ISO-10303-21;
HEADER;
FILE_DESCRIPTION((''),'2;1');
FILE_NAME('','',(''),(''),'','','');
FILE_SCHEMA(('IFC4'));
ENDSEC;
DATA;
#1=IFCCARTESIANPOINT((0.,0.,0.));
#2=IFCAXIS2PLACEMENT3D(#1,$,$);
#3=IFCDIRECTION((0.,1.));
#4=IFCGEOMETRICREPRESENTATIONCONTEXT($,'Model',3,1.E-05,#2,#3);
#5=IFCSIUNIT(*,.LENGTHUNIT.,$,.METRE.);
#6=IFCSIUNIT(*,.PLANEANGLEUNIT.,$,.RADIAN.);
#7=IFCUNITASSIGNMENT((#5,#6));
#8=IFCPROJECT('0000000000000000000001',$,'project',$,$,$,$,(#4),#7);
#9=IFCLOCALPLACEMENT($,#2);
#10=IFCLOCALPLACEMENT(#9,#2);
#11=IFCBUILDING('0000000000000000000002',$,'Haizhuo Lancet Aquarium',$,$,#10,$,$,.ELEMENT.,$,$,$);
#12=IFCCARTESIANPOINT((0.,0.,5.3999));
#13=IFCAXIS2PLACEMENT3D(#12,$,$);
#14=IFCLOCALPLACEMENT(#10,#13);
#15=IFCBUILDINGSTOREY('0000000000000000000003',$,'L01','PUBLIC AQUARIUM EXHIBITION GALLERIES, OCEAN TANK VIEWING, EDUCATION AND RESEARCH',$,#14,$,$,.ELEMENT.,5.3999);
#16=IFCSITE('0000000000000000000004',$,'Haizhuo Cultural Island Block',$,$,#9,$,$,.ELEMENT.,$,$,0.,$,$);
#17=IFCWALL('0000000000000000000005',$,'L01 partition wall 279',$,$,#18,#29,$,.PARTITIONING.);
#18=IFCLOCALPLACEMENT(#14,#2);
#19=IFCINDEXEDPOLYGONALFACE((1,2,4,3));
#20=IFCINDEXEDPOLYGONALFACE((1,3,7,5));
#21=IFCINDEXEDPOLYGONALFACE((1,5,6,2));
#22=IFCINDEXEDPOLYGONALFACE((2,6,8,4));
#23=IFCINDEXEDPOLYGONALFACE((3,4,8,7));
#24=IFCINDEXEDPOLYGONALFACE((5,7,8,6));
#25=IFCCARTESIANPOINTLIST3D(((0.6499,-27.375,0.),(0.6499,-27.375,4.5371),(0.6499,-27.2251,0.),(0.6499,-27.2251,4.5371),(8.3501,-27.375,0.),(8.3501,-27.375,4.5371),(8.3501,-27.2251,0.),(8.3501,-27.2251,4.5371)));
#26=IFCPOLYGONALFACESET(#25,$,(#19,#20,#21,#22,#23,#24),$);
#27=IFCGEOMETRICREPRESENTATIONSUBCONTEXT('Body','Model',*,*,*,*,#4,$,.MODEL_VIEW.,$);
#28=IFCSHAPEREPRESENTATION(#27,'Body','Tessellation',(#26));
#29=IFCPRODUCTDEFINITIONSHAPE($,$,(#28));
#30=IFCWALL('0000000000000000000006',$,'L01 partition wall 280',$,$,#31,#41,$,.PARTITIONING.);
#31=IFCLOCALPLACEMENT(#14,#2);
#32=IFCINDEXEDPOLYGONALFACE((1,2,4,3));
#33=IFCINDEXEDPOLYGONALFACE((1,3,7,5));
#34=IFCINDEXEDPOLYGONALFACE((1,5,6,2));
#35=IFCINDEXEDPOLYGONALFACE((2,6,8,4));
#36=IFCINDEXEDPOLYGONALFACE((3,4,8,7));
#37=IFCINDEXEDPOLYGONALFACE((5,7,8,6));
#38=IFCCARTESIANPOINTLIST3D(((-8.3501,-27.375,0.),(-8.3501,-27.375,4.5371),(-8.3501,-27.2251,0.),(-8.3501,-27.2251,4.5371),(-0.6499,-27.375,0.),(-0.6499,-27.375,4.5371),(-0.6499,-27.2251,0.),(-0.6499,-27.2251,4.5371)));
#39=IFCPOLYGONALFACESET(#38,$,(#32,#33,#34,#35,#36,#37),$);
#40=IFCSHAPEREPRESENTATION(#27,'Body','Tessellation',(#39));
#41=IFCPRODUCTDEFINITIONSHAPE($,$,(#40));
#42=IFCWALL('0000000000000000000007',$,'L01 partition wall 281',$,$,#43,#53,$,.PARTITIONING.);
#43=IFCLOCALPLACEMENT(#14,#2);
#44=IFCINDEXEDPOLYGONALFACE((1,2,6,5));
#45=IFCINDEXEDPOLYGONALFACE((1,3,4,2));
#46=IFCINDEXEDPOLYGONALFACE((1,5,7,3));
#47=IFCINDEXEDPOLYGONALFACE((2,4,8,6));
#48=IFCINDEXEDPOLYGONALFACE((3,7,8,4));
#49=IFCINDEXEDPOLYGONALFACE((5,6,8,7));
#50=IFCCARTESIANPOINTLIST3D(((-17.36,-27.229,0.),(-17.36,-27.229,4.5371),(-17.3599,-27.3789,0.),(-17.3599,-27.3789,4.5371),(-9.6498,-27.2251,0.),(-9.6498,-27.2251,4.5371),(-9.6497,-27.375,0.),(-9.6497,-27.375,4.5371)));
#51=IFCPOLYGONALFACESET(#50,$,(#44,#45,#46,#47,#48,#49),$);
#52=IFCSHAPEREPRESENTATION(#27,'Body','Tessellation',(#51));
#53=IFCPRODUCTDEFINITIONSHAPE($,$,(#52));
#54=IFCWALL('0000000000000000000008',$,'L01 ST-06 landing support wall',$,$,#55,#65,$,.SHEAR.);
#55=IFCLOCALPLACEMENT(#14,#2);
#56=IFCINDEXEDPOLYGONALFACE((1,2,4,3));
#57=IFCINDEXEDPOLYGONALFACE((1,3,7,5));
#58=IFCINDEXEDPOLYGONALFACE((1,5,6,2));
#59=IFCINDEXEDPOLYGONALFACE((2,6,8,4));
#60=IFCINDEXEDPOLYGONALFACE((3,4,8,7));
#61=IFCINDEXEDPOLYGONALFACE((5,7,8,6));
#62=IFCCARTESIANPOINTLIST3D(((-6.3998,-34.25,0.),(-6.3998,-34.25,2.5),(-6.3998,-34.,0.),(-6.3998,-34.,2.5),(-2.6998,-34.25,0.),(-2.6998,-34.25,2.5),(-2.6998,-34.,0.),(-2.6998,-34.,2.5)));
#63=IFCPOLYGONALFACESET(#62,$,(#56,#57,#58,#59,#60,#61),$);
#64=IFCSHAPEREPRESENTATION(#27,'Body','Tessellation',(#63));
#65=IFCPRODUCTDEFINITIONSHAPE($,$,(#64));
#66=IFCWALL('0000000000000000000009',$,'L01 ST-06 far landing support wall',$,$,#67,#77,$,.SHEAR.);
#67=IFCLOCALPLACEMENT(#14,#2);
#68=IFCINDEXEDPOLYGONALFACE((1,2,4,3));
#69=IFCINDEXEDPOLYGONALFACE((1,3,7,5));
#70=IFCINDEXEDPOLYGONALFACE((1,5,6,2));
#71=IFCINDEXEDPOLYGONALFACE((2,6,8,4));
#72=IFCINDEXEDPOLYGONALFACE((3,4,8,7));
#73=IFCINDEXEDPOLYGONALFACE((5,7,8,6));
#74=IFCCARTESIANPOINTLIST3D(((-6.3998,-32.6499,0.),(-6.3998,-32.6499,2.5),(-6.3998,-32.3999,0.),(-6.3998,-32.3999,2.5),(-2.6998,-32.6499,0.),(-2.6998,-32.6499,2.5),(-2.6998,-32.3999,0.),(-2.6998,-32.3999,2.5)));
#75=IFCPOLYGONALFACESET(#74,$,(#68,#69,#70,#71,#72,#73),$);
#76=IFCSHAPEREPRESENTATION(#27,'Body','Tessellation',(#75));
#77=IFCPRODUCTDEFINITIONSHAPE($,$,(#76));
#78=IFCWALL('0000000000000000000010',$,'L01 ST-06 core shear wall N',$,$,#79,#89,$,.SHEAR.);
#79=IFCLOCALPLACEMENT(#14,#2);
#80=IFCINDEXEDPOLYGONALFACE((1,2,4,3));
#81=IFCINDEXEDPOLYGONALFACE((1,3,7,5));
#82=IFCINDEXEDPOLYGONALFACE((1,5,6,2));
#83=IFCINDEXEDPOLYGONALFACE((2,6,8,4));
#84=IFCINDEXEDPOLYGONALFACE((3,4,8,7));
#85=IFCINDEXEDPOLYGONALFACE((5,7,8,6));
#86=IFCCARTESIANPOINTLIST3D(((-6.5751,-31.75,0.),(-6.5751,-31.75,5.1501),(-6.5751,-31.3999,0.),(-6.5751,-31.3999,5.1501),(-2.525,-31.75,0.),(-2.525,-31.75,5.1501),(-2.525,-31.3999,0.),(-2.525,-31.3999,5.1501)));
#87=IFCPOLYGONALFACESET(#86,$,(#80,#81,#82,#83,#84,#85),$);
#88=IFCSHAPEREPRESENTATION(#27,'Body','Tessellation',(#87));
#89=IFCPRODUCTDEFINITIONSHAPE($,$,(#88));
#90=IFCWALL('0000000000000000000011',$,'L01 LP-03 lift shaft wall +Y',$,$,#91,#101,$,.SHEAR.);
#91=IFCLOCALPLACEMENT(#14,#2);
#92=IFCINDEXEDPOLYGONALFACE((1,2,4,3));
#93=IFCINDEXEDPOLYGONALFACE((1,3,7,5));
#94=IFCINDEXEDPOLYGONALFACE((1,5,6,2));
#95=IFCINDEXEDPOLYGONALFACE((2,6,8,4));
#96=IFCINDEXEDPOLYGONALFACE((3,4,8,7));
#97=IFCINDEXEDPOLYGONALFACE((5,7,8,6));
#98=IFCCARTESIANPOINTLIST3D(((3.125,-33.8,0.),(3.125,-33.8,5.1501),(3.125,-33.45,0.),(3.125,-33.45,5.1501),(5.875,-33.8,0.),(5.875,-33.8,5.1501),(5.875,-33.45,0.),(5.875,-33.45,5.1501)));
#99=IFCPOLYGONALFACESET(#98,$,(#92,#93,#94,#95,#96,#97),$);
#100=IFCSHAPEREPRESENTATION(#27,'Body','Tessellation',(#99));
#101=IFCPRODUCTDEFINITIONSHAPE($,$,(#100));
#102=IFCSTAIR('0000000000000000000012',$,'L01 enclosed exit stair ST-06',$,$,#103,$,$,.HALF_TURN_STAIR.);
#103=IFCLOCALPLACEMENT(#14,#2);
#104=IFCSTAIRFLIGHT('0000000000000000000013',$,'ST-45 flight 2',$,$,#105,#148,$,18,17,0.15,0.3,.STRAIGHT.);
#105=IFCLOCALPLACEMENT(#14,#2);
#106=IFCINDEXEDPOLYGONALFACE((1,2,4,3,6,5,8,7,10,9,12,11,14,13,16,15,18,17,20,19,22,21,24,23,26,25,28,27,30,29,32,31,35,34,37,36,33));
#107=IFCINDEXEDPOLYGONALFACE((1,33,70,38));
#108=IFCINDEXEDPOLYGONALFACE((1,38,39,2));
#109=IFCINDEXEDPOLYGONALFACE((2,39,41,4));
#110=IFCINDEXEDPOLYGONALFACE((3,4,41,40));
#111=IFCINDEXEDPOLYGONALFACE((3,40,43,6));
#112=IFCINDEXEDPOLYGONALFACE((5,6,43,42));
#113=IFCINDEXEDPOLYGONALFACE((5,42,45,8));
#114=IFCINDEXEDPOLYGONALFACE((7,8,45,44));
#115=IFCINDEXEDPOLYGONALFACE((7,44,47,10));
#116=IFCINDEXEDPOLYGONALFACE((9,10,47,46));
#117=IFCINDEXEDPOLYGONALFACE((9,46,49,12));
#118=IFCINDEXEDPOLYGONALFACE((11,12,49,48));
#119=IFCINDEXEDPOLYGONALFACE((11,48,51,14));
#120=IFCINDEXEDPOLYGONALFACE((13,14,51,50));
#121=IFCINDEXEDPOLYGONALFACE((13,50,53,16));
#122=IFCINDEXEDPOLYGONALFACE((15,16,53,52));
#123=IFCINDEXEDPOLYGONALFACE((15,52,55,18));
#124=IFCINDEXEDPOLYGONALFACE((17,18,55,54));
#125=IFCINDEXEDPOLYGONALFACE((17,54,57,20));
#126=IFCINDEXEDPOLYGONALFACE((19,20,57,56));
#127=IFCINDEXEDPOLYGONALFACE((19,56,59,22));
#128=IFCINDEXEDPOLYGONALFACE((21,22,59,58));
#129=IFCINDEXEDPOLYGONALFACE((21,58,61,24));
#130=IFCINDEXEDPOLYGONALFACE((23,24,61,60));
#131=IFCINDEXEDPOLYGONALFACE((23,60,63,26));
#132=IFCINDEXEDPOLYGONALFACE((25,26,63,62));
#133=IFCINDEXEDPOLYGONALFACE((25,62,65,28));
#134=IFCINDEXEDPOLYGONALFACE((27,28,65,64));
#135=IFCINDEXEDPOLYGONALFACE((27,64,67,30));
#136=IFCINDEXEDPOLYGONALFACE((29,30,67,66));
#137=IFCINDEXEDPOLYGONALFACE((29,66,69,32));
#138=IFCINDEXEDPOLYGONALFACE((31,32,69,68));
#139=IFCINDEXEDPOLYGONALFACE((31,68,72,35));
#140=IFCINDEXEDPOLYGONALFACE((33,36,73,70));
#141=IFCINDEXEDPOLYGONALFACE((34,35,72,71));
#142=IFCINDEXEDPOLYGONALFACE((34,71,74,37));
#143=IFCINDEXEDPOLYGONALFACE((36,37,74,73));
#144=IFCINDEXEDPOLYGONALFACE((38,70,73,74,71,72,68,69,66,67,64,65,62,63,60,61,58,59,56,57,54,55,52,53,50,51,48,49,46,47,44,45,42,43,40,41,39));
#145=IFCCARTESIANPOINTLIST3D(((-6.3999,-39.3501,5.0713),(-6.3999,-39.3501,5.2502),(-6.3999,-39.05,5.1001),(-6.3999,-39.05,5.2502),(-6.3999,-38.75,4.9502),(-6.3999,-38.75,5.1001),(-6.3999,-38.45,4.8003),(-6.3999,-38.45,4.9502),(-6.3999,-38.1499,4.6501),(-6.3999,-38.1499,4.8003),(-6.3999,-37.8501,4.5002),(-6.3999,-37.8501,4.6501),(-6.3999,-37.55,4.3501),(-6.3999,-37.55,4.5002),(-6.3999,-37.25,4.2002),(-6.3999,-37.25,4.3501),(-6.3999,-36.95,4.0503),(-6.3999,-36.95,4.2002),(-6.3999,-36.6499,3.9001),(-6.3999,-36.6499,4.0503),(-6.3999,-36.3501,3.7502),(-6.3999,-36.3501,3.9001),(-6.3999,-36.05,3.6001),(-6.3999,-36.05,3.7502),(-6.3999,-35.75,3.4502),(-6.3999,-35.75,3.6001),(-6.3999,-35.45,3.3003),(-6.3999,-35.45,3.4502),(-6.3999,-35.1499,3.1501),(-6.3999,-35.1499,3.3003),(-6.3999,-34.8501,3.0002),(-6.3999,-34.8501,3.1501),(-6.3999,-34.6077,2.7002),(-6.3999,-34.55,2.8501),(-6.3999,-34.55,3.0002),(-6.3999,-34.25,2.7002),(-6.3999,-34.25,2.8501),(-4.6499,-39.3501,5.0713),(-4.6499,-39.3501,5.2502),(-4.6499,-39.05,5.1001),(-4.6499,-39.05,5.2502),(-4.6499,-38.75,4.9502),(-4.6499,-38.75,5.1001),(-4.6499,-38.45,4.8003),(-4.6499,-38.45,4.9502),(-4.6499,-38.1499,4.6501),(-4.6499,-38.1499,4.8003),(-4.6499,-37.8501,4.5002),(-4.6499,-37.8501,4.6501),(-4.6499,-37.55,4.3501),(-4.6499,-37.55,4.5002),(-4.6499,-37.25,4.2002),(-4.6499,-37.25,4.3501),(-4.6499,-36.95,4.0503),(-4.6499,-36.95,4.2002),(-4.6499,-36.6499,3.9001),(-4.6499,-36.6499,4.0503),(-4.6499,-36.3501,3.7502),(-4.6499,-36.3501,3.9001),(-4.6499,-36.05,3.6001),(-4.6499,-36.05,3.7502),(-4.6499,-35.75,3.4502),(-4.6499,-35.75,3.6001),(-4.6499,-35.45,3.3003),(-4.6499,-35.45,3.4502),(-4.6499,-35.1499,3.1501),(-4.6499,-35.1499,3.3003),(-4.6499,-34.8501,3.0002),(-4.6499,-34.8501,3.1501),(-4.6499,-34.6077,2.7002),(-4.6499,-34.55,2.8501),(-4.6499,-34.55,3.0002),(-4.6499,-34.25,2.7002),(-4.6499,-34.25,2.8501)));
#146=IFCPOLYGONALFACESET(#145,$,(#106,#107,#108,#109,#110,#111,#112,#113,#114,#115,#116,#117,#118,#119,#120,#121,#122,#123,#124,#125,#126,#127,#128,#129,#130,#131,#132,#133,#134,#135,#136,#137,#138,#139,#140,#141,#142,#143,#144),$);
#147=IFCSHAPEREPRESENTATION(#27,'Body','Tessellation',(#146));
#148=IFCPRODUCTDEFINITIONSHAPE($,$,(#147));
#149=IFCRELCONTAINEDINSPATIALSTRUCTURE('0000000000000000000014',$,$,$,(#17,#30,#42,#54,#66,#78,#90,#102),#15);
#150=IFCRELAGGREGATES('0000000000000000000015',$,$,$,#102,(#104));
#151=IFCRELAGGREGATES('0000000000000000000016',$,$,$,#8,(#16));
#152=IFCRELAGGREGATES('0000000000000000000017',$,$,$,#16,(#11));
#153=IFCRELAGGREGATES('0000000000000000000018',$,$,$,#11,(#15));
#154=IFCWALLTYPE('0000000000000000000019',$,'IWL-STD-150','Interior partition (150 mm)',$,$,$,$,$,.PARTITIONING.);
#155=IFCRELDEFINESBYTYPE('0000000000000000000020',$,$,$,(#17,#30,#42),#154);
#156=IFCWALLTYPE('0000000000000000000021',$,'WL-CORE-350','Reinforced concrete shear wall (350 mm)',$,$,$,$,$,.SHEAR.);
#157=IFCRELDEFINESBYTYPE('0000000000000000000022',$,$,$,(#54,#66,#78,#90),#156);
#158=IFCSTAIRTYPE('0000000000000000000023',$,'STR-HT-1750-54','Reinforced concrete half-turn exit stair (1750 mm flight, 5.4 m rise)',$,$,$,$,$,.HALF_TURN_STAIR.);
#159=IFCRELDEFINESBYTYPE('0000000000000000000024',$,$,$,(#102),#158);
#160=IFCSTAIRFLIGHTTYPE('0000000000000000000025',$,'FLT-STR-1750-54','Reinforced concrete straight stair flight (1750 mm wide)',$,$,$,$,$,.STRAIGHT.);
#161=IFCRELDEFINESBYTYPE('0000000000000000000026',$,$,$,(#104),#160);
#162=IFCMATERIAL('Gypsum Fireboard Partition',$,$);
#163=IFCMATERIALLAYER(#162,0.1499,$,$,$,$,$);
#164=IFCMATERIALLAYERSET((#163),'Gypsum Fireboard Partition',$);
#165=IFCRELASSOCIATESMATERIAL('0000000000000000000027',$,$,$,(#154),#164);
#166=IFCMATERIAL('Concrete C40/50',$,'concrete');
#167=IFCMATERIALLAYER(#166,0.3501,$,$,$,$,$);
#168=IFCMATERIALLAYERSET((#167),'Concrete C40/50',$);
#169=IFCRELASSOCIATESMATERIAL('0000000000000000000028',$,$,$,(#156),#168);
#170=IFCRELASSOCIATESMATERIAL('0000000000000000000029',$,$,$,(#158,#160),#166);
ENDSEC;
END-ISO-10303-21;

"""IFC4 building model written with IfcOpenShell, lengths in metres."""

from ifc_helpers import new_model, si_unit, direction, frame, frame_2d, origin, place, context, subcontext, project, spatial, polyline, rectangle, outline, extrude, material, layer, layer_set, type_object, element, aggregate, save


model = new_model("IFC4")

# Units and contexts
model_context = context("Model", 3, precision=1e-05, world=origin(), true_north=direction((0.0, 1.0)))
body_context = subcontext(model_context, "Body", "Model", "MODEL_VIEW")
ifc_project = project(units=[si_unit("LENGTHUNIT", "METRE"), si_unit("PLANEANGLEUNIT", "RADIAN")], contexts=[model_context])

# Site, building, storey
site_placement = place(None, origin())
site = spatial("IfcSite", under=ifc_project, at=site_placement, Name="Haizhuo Cultural Island Block", CompositionType="ELEMENT", RefElevation=0.0)
building_placement = place(site_placement, origin())
building = spatial("IfcBuilding", under=site, at=building_placement, Name="Haizhuo Lancet Aquarium", CompositionType="ELEMENT")
storey_placement = place(building_placement, frame((0.0, 0.0, 5.3999)))
storey = spatial("IfcBuildingStorey", under=building, at=storey_placement, Name="L01", Description="PUBLIC AQUARIUM EXHIBITION GALLERIES, OCEAN TANK VIEWING, EDUCATION AND RESEARCH", CompositionType="ELEMENT", Elevation=5.3999)

# Walls
ifc_material_1 = material(Name="Gypsum Fireboard Partition")
ifc_layer_1 = layer(ifc_material_1, 0.1499)
ifc_layer_set_1 = layer_set([ifc_layer_1], Name="Gypsum Fireboard Partition")
wall_type_1 = type_object("IfcWallType", Name="IWL-STD-150", Description="Interior partition (150 mm)", PredefinedType="PARTITIONING", material=ifc_layer_set_1)
for number, where, z_axis, x_axis, name in (
    (1, (8.3501, -27.3, 0.0), (0.0, 0.0, 1.0), (-1.0, 0.0, 0.0), "L01 partition wall 279"),
    (2, (-0.6499, -27.3, 0.0), (0.0, 0.0, 1.0), (-1.0, 0.0, 0.0), "L01 partition wall 280"),
):
    element("IfcWall", number, at=place(storey_placement, frame(where, z_axis=z_axis, x_axis=x_axis)), inside=storey, type_object=wall_type_1, Name=name, PredefinedType="PARTITIONING", context=body_context, shape_type="SweptSolid", body=[
        extrude(rectangle(XDim=7.7002, YDim=0.1499, at=frame_2d((3.8501, 0.0))), origin(), (0.0, 0.0, 1.0), 4.5371),
    ])
wall_1_placement = place(storey_placement, frame((-9.6499, -27.3, 0.0), z_axis=(0.0, 0.0, 1.0), x_axis=(-1.0, -0.000507, 0.0)))
element("IfcWall", 3, at=wall_1_placement, inside=storey, type_object=wall_type_1, Name="L01 partition wall 281", PredefinedType="PARTITIONING", context=body_context, shape_type="SweptSolid", body=[
    extrude(rectangle(XDim=7.7102, YDim=0.1499, at=frame_2d((3.855, 0.0))), origin(), (0.0, 0.0, 1.0), 4.5371),
])
ifc_material_2 = material(Name="Concrete C40/50", Category="concrete")
ifc_layer_2 = layer(ifc_material_2, 0.3501)
ifc_layer_set_2 = layer_set([ifc_layer_2], Name="Concrete C40/50")
wall_type_2 = type_object("IfcWallType", Name="WL-CORE-350", Description="Reinforced concrete shear wall (350 mm)", PredefinedType="SHEAR", material=ifc_layer_set_2)
for number, where, z_axis, x_axis, name in (
    (4, (-6.3999, -34.125, 0.0), (0.0, 0.0, 1.0), (1.0, 0.0, 0.0), "L01 ST-06 landing support wall"),
    (5, (-6.3999, -32.5249, 0.0), (0.0, 0.0, 1.0), (1.0, 0.0, 0.0), "L01 ST-06 far landing support wall"),
):
    element("IfcWall", number, at=place(storey_placement, frame(where, z_axis=z_axis, x_axis=x_axis)), inside=storey, type_object=wall_type_2, Name=name, PredefinedType="SHEAR", context=body_context, shape_type="SweptSolid", body=[
        extrude(rectangle(XDim=3.7, YDim=0.25, at=frame_2d((1.8501, 0.0))), origin(), (0.0, 0.0, 1.0), 2.5),
    ])
wall_2_placement = place(storey_placement, frame((-6.575, -31.575, 0.0), z_axis=(0.0, 0.0, 1.0), x_axis=(1.0, 0.0, 0.0)))
element("IfcWall", 6, at=wall_2_placement, inside=storey, type_object=wall_type_2, Name="L01 ST-06 core shear wall N", PredefinedType="SHEAR", context=body_context, shape_type="SweptSolid", body=[
    extrude(rectangle(XDim=4.05, YDim=0.3501, at=frame_2d((2.0249, 0.0))), origin(), (0.0, 0.0, 1.0), 5.1501),
])
wall_3_placement = place(storey_placement, frame((5.875, -33.625, 0.0), z_axis=(0.0, 0.0, 1.0), x_axis=(-1.0, 0.0, 0.0)))
element("IfcWall", 7, at=wall_3_placement, inside=storey, type_object=wall_type_2, Name="L01 LP-03 lift shaft wall +Y", PredefinedType="SHEAR", context=body_context, shape_type="SweptSolid", body=[
    extrude(rectangle(XDim=2.75, YDim=0.3501, at=frame_2d((1.375, 0.0))), origin(), (0.0, 0.0, 1.0), 5.1501),
])

# Stair, stair flight
stair_type = type_object("IfcStairType", Name="STR-HT-1750-54", Description="Reinforced concrete half-turn exit stair (1750 mm flight, 5.4 m rise)", PredefinedType="HALF_TURN_STAIR", material=ifc_material_2)
stair_placement = place(storey_placement, origin())
stair = element("IfcStair", 8, at=stair_placement, inside=storey, type_object=stair_type, Name="L01 enclosed exit stair ST-06", PredefinedType="HALF_TURN_STAIR")
stair_flight_type = type_object("IfcStairFlightType", Name="FLT-STR-1750-54", Description="Reinforced concrete straight stair flight (1750 mm wide)", PredefinedType="STRAIGHT", material=ifc_material_2)
stair_flight_placement = place(storey_placement, frame((-5.5249, -34.25, 2.7002), z_axis=(0.0, 0.0, 1.0), x_axis=(0.0, -1.0, 0.0)))
stair_flight = element("IfcStairFlight", 9, at=stair_flight_placement, type_object=stair_flight_type, Name="ST-45 flight 2", NumberOfRisers=18, NumberOfTreads=17, PredefinedType="STRAIGHT", RiserHeight=0.15, TreadLength=0.3, context=body_context, shape_type="SweptSolid", body=[
    extrude(outline(polyline([(0.0, 0.0), (0.0, 0.1499), (0.3, 0.1499), (0.3, 0.3), (0.6001, 0.3), (0.6001, 0.45), (0.8999, 0.45), (0.8999, 0.6001), (1.2, 0.6001), (1.2, 0.75), (1.5, 0.75), (1.5, 0.8999), (1.8, 0.8999), (1.8, 1.05), (2.1001, 1.05), (2.1001, 1.2), (2.3999, 1.2), (2.3999, 1.3501), (2.7, 1.3501), (2.7, 1.5), (3.0, 1.5), (3.0, 1.6499), (3.3, 1.6499), (3.3, 1.8), (3.6001, 1.8), (3.6001, 1.95), (3.8999, 1.95), (3.8999, 2.1001), (4.2, 2.1001), (4.2, 2.25), (4.5, 2.25), (4.5, 2.3999), (4.8, 2.3999), (4.8, 2.55), (5.1001, 2.55), (5.1001, 2.7), (5.1001, 2.3711), (0.3577, 0.0), (0.0, 0.0)])), frame((0.0, 0.875, 0.0), z_axis=(0.0, -1.0, 0.0), x_axis=(1.0, 0.0, 0.0)), (0.0, 0.0, 1.0), 1.75),
])
aggregate(stair, [stair_flight])

save(model, "model.ifc")
